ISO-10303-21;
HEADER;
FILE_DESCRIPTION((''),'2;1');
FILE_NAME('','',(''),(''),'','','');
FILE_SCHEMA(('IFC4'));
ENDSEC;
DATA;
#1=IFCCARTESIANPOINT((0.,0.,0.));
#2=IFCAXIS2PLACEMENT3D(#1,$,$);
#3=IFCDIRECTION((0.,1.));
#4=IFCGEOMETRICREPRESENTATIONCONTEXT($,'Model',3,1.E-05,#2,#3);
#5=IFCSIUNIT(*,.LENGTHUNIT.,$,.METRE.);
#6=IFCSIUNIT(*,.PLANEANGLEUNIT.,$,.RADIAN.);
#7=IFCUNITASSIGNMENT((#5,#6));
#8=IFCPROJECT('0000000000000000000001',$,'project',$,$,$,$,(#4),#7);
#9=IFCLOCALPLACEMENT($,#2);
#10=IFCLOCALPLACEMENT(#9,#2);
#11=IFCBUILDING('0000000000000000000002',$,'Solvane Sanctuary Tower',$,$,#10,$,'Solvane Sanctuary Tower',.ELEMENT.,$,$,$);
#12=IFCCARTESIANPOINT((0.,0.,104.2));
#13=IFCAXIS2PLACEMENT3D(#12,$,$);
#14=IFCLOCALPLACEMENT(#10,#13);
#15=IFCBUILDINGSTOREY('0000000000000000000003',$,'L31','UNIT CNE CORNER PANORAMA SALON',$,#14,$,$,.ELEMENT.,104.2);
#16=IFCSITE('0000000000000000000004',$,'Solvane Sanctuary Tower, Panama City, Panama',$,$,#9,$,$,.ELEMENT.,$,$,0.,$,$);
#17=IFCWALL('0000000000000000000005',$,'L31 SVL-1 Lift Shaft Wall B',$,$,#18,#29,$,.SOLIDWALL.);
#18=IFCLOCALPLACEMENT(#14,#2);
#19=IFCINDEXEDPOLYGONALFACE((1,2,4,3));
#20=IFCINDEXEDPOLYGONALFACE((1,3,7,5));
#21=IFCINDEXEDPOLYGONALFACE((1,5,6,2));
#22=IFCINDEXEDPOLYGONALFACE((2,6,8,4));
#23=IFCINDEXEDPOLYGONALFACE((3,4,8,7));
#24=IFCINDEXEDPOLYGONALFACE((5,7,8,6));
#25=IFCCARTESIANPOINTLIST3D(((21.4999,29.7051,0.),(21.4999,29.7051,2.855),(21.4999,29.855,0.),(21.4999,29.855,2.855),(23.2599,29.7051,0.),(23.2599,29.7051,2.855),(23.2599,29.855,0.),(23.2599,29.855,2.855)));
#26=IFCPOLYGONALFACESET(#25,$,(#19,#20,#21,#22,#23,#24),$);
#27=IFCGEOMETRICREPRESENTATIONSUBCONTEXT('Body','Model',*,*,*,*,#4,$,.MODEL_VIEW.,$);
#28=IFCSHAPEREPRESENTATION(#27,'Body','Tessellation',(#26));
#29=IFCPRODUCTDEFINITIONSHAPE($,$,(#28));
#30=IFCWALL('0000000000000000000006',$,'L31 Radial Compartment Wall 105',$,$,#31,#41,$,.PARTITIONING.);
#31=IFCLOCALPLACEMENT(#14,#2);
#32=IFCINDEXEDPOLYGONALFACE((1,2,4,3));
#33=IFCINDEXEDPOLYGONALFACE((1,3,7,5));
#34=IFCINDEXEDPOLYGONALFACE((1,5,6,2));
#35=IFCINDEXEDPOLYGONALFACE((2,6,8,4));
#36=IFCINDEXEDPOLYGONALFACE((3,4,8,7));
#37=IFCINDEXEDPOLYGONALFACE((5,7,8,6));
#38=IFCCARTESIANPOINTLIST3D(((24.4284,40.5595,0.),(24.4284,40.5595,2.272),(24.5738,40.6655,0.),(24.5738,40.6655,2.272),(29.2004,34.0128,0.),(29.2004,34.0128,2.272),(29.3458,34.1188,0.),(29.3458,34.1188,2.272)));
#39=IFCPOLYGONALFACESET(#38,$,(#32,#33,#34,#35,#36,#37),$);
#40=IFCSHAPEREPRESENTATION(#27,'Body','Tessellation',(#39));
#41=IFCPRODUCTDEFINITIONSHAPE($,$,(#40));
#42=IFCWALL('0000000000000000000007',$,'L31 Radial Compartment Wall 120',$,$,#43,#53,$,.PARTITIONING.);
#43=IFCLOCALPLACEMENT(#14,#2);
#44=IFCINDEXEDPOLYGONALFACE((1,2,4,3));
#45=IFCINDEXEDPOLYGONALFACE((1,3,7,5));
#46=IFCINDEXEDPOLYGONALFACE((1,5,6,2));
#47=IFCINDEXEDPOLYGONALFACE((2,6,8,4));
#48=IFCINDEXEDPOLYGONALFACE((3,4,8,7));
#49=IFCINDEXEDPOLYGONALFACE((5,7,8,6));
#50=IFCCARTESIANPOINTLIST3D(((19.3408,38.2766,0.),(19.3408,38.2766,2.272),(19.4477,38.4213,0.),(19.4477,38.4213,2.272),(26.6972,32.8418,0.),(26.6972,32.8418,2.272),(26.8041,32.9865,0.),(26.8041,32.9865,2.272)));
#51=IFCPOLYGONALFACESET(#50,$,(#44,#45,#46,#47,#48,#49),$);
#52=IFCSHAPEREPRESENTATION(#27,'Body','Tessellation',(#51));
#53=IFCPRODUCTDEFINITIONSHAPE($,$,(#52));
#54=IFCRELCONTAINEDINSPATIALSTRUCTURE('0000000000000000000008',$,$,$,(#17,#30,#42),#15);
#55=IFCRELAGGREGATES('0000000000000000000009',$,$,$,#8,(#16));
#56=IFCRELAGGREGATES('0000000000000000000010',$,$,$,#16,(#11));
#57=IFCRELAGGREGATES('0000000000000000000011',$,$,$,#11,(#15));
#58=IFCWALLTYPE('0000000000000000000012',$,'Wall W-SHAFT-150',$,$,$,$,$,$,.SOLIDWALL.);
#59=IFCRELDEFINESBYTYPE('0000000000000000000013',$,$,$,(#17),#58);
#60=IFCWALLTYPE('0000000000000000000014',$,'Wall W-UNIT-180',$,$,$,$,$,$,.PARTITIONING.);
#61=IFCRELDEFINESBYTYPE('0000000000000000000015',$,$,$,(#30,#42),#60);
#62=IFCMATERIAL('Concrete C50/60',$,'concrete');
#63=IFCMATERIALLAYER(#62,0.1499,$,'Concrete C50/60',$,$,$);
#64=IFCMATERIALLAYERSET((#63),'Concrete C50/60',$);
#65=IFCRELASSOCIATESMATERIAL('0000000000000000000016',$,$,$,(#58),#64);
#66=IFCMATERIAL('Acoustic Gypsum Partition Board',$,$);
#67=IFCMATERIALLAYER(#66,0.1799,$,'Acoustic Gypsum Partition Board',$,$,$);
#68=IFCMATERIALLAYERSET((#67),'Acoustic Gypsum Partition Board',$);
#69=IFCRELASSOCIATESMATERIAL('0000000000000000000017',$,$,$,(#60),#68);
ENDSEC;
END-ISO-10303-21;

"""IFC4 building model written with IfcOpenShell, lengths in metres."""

from ifc_helpers import new_model, si_unit, direction, frame, frame_2d, origin, place, context, subcontext, project, spatial, rectangle, extrude, material, layer, layer_set, type_object, element, save


model = new_model("IFC4")

# Units and contexts
model_context = context("Model", 3, precision=1e-05, world=origin(), true_north=direction((0.0, 1.0)))
body_context = subcontext(model_context, "Body", "Model", "MODEL_VIEW")
ifc_project = project(units=[si_unit("LENGTHUNIT", "METRE"), si_unit("PLANEANGLEUNIT", "RADIAN")], contexts=[model_context])

# Site, building, storey
site_placement = place(None, origin())
site = spatial("IfcSite", under=ifc_project, at=site_placement, Name="Solvane Sanctuary Tower, Panama City, Panama", CompositionType="ELEMENT", RefElevation=0.0)
building_placement = place(site_placement, origin())
building = spatial("IfcBuilding", under=site, at=building_placement, Name="Solvane Sanctuary Tower", LongName="Solvane Sanctuary Tower", CompositionType="ELEMENT")
storey_placement = place(building_placement, frame((0.0, 0.0, 104.2)))
storey = spatial("IfcBuildingStorey", under=building, at=storey_placement, Name="L31", Description="UNIT CNE CORNER PANORAMA SALON", CompositionType="ELEMENT", Elevation=104.2)

# Shared definitions
ifc_material_1 = material(Name="Acoustic Gypsum Partition Board")

# Walls
ifc_material_2 = material(Name="Concrete C50/60", Category="concrete")
ifc_layer_1 = layer(ifc_material_2, 0.1499, Name="Concrete C50/60")
ifc_layer_set_1 = layer_set([ifc_layer_1], Name="Concrete C50/60")
wall_type_1 = type_object("IfcWallType", Name="Wall W-SHAFT-150", PredefinedType="SOLIDWALL", material=ifc_layer_set_1)
wall_1_placement = place(storey_placement, frame((21.5, 29.78, 0.0), z_axis=(0.0, 0.0, 1.0), x_axis=(1.0, 0.0, 0.0)))
element("IfcWall", 1, at=wall_1_placement, inside=storey, type_object=wall_type_1, Name="L31 SVL-1 Lift Shaft Wall B", PredefinedType="SOLIDWALL", context=body_context, shape_type="SweptSolid", body=[
    extrude(rectangle(XDim=1.76, YDim=0.1499, at=frame_2d((0.8799, 0.0))), origin(), (0.0, 0.0, 1.0), 2.855),
])
ifc_layer_2 = layer(ifc_material_1, 0.1799, Name="Acoustic Gypsum Partition Board")
ifc_layer_set_2 = layer_set([ifc_layer_2], Name="Acoustic Gypsum Partition Board")
wall_type_2 = type_object("IfcWallType", Name="Wall W-UNIT-180", PredefinedType="PARTITIONING", material=ifc_layer_set_2)
wall_2_placement = place(storey_placement, frame((29.2732, 34.0657, 0.0), z_axis=(0.0, 0.0, 1.0), x_axis=(-0.589042, 0.808102, 0.0)))
element("IfcWall", 2, at=wall_2_placement, inside=storey, type_object=wall_type_2, Name="L31 Radial Compartment Wall 105", PredefinedType="PARTITIONING", context=body_context, shape_type="SweptSolid", body=[
    extrude(rectangle(XDim=8.1013, YDim=0.1799, at=frame_2d((4.0508, 0.0))), origin(), (0.0, 0.0, 1.0), 2.272),
])
wall_3_placement = place(storey_placement, frame((26.7507, 32.9141, 0.0), z_axis=(0.0, 0.0, 1.0), x_axis=(-0.80431, 0.59421, 0.0)))
element("IfcWall", 3, at=wall_3_placement, inside=storey, type_object=wall_type_2, Name="L31 Radial Compartment Wall 120", PredefinedType="PARTITIONING", context=body_context, shape_type="SweptSolid", body=[
    extrude(rectangle(XDim=9.1462, YDim=0.1799, at=frame_2d((4.5732, 0.0))), origin(), (0.0, 0.0, 1.0), 2.272),
])

save(model, "model.ifc")
